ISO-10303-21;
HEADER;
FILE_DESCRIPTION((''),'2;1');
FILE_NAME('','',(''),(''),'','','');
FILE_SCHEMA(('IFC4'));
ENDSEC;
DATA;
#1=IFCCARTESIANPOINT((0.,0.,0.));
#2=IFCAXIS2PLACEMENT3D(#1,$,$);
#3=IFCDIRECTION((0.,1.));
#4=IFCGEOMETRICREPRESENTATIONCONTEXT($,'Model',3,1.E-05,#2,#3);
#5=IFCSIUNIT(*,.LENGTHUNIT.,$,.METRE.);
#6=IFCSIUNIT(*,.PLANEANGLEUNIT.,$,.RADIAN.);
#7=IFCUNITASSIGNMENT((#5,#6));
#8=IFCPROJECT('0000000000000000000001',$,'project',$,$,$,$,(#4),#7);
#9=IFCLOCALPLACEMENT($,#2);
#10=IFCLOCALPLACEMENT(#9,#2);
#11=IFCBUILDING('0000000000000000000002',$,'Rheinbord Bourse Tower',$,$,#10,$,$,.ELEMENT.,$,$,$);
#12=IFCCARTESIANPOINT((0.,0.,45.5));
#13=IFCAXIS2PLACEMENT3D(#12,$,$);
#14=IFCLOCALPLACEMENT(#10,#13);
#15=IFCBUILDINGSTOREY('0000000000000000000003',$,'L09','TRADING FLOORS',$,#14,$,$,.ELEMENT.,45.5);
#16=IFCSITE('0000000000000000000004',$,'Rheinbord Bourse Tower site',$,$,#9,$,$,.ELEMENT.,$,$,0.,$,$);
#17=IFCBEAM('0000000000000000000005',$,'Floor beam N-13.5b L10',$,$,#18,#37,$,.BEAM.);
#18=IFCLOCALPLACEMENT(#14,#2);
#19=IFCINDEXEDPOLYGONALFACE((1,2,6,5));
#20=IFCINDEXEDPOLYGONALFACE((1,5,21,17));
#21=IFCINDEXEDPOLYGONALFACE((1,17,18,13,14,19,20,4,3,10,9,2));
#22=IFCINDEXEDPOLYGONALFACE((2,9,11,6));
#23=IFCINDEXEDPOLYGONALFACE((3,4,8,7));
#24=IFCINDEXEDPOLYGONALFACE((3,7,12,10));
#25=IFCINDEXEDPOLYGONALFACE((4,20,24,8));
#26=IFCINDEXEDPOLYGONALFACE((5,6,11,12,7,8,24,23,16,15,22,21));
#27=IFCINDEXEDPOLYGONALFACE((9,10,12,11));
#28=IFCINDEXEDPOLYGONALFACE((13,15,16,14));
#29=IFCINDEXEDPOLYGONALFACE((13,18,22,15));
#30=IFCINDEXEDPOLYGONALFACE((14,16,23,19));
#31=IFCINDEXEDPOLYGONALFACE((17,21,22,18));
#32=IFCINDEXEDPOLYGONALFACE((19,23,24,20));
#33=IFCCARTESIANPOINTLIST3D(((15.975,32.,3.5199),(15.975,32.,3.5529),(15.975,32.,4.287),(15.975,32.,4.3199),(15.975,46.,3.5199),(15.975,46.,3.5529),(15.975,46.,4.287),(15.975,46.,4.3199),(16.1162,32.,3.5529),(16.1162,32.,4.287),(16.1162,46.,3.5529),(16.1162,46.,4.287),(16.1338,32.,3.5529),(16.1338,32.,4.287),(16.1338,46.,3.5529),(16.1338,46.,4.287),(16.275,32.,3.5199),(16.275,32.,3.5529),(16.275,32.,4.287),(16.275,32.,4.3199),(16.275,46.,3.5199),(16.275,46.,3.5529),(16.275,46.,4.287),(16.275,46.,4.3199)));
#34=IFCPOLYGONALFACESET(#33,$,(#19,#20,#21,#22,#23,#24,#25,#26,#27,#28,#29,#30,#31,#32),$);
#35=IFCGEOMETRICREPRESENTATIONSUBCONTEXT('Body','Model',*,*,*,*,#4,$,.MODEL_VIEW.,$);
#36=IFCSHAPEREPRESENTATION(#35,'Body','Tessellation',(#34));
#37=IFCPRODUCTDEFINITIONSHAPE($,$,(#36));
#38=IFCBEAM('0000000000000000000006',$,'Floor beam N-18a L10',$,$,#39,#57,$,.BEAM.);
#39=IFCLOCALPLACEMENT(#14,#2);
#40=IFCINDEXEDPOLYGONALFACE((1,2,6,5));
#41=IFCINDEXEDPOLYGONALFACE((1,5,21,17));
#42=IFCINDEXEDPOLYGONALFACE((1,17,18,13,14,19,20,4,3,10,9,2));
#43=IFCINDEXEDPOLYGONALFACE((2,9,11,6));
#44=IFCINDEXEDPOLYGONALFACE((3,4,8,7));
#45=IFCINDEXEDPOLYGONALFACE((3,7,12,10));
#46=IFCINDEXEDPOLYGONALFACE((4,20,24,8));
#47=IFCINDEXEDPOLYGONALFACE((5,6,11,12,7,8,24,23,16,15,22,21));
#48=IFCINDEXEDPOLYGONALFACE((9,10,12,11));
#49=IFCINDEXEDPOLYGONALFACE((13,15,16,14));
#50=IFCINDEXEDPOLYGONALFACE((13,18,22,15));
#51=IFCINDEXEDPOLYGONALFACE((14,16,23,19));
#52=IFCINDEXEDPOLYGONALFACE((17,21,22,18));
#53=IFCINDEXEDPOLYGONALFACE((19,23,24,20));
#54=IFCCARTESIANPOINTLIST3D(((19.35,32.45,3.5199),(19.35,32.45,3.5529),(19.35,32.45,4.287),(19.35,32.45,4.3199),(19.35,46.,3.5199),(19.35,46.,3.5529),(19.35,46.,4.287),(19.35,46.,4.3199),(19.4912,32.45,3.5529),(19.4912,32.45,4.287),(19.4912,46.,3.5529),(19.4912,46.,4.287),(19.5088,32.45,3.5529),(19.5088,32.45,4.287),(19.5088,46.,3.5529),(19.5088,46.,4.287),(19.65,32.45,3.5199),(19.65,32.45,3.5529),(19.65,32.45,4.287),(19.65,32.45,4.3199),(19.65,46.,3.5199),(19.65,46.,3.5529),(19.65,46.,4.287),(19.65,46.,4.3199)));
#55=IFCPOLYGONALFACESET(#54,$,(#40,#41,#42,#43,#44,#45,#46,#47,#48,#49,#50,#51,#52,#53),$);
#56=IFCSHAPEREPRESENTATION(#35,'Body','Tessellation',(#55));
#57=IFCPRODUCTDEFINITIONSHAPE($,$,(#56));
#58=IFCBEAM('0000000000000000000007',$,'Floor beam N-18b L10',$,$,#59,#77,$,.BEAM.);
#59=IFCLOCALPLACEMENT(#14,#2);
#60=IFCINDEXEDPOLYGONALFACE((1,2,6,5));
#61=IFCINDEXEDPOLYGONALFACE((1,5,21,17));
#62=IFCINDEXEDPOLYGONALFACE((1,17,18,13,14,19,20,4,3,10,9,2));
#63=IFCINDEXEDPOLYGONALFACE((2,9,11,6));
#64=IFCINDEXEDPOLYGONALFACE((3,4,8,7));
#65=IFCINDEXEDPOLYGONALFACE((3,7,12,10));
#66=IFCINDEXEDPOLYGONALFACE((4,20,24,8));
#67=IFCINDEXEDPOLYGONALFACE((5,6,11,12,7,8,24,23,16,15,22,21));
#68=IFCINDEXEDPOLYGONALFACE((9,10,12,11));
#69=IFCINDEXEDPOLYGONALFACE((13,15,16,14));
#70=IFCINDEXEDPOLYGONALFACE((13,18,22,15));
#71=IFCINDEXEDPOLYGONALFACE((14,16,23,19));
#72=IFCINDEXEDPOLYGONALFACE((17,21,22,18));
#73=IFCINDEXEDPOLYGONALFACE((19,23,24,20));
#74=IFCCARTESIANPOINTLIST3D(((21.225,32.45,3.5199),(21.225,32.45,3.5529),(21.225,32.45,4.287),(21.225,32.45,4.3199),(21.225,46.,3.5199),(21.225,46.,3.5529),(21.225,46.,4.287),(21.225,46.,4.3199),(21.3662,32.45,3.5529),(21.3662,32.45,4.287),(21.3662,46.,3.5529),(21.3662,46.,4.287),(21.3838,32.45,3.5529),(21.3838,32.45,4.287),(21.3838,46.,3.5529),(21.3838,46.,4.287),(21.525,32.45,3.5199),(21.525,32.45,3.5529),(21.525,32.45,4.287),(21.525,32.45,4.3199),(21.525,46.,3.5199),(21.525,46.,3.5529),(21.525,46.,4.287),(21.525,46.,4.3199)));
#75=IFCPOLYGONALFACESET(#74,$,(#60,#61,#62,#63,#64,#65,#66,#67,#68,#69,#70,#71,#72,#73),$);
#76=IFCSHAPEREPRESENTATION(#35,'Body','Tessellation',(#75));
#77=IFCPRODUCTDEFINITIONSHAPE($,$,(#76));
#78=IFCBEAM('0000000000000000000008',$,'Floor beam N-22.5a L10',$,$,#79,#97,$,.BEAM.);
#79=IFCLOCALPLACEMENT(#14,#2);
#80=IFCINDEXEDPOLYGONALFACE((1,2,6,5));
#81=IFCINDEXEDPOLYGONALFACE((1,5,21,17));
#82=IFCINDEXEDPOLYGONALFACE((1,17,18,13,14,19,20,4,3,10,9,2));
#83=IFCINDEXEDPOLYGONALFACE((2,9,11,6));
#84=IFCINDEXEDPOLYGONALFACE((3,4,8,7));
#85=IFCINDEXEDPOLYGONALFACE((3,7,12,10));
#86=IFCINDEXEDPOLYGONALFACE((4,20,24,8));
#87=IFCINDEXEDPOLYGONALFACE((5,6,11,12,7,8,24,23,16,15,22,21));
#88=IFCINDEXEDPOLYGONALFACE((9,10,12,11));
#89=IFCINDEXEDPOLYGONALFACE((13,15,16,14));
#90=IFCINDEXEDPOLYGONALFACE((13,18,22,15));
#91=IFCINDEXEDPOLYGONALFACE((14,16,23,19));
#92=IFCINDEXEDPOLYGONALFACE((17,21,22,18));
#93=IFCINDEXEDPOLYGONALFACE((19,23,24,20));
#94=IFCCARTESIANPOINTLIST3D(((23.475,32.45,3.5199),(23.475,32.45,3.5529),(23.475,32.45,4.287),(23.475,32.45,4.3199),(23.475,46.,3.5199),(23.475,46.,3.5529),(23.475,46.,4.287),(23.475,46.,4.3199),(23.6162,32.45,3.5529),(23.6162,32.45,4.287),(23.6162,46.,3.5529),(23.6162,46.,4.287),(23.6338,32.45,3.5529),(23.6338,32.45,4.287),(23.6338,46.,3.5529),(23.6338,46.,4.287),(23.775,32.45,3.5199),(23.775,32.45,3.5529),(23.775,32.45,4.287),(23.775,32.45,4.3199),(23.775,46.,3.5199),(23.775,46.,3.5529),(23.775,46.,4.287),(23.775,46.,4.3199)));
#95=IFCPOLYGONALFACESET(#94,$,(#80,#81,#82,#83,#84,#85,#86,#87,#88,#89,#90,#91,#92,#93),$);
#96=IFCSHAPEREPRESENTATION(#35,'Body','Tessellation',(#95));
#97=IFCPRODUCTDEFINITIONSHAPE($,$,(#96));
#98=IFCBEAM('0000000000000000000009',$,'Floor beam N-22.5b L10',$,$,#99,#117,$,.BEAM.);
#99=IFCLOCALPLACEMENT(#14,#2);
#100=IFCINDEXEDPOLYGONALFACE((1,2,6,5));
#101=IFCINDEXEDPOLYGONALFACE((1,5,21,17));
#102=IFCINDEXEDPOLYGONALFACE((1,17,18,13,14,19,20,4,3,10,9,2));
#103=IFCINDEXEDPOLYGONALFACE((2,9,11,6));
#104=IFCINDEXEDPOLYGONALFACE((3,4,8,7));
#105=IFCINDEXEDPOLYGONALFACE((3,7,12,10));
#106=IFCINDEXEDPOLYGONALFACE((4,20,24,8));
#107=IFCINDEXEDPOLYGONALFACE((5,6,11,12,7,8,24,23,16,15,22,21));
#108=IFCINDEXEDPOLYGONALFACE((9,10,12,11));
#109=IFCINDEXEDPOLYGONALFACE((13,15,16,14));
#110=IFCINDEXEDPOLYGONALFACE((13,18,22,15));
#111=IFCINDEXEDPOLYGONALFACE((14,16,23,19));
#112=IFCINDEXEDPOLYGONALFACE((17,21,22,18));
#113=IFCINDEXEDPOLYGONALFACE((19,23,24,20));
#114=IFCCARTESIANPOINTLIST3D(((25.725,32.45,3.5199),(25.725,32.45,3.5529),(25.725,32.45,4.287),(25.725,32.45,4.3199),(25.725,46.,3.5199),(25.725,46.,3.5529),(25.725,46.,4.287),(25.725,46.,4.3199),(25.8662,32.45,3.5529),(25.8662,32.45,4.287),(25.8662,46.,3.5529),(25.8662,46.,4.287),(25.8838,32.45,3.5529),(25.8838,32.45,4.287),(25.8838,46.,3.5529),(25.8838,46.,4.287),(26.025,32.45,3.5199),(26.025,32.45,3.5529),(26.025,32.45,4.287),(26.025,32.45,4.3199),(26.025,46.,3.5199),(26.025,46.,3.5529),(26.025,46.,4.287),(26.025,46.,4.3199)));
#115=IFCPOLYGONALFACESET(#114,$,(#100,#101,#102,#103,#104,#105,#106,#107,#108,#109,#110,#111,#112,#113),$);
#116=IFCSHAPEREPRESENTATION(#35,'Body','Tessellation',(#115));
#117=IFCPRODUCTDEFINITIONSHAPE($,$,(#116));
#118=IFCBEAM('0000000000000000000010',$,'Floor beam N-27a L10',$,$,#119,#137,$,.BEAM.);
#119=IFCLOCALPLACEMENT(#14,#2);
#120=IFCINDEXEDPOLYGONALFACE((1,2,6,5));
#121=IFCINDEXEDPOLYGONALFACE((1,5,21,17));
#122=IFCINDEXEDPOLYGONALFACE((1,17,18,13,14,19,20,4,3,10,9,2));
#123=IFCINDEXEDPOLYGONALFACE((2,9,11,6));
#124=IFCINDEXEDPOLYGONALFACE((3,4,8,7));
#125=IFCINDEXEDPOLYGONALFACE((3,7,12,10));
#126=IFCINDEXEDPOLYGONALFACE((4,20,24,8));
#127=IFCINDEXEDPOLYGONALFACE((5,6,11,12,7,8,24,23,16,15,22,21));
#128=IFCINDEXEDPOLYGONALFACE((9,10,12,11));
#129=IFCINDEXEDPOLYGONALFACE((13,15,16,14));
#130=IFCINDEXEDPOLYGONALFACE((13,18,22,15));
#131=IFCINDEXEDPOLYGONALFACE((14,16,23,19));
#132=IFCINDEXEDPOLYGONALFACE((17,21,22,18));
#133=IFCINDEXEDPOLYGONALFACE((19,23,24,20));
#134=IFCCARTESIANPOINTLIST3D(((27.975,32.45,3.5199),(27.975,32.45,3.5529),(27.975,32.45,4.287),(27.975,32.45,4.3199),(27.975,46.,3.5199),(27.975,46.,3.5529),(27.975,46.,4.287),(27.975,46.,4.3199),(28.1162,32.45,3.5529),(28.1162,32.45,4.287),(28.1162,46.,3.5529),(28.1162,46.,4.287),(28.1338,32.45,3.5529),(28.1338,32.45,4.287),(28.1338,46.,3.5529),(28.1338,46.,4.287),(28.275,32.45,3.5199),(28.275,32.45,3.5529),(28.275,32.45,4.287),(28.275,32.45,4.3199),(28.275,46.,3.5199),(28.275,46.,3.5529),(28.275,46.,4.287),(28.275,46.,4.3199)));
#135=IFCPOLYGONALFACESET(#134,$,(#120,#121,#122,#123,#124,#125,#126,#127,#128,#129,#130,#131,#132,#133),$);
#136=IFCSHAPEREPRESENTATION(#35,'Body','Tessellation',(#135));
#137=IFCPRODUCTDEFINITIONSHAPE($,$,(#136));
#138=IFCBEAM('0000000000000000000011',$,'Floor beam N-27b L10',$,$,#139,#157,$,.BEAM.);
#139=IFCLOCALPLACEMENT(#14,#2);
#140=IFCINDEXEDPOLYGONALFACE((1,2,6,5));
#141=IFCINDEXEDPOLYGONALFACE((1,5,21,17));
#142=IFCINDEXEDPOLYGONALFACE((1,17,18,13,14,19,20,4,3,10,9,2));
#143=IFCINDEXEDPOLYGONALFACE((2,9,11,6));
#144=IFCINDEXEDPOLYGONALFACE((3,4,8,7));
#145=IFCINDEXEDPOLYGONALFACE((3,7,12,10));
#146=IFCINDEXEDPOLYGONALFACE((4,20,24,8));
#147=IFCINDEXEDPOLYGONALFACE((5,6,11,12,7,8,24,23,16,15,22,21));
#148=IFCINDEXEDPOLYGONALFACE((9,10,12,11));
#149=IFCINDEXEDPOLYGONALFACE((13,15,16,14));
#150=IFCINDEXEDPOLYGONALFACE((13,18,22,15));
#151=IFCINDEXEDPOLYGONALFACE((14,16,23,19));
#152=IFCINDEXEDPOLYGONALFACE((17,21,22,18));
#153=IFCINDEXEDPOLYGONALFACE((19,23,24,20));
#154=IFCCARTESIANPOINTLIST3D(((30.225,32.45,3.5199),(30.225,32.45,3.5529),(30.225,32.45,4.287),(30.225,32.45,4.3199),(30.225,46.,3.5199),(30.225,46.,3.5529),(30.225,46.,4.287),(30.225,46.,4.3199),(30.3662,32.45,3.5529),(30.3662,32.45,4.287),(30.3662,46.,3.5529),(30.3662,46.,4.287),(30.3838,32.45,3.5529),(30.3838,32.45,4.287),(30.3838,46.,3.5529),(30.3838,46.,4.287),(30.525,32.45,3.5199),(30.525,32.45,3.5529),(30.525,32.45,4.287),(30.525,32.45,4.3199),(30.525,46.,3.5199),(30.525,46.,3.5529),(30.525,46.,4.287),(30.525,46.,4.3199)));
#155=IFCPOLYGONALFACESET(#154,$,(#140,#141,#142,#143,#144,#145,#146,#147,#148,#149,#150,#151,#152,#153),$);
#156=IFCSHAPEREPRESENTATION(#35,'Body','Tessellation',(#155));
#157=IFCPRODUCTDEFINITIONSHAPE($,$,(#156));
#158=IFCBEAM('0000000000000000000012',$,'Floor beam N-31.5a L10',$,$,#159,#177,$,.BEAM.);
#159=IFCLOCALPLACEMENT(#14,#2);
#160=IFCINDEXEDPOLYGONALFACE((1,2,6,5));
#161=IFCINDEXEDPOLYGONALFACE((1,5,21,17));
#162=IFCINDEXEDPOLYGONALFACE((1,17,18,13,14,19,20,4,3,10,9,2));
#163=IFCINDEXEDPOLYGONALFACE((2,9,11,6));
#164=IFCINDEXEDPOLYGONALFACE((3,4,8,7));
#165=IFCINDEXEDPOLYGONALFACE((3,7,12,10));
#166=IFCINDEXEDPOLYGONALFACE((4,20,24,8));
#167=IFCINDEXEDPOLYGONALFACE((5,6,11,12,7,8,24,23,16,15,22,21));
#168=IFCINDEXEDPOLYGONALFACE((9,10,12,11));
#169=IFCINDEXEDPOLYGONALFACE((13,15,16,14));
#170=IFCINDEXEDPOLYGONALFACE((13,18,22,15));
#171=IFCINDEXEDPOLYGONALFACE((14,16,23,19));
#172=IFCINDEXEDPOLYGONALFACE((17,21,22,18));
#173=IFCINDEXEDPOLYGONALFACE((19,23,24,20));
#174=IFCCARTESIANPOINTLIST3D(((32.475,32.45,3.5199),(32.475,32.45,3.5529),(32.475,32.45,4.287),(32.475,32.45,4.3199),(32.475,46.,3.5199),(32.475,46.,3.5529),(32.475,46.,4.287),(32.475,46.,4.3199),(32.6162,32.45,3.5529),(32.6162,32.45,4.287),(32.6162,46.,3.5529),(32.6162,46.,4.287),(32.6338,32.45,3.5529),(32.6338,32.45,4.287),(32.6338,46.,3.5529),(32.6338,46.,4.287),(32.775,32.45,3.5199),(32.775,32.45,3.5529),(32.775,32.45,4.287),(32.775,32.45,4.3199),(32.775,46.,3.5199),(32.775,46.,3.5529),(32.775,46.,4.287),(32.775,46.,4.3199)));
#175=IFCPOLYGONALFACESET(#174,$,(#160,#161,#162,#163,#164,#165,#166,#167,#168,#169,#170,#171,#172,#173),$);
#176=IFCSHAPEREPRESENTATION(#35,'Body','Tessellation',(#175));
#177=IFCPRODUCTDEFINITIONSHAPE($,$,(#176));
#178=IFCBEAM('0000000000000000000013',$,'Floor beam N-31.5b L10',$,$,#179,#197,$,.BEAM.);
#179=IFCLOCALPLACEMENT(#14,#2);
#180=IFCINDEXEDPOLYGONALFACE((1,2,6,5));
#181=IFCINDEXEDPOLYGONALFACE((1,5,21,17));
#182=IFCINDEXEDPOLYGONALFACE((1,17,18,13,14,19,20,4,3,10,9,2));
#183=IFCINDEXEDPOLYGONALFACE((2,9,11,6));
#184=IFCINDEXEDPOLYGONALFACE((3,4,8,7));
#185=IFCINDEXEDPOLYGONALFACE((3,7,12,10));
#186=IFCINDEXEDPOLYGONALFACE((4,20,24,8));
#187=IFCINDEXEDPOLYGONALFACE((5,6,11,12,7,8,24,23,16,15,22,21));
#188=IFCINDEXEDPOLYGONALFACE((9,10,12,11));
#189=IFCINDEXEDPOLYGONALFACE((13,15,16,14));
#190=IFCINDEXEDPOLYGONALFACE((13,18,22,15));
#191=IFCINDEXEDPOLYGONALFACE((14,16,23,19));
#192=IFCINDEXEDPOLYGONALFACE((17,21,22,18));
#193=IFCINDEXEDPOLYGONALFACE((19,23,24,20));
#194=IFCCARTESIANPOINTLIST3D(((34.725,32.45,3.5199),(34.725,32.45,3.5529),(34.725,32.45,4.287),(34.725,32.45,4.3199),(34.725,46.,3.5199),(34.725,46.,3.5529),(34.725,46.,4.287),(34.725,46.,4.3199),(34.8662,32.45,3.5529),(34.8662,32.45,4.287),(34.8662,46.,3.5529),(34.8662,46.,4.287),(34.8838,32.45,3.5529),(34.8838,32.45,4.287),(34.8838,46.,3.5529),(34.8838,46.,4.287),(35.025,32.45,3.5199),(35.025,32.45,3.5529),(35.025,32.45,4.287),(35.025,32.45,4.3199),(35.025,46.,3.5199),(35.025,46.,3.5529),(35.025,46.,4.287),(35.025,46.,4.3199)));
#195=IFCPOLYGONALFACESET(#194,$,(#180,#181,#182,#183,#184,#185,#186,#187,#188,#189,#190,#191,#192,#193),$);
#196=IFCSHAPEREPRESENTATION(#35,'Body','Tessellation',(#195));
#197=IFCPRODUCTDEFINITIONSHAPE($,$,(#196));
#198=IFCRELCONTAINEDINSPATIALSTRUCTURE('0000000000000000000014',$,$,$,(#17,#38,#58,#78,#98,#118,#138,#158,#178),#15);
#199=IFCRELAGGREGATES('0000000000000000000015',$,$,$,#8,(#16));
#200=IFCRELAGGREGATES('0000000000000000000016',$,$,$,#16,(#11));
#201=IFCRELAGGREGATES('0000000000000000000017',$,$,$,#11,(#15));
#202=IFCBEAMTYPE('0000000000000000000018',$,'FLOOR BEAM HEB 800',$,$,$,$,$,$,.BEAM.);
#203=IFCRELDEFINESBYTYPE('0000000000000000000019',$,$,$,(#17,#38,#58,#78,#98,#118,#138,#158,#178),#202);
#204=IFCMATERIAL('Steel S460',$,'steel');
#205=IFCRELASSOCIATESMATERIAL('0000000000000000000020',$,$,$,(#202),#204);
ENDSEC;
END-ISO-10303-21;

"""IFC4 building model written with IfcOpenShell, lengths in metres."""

from ifc_helpers import new_model, si_unit, direction, frame, origin, origin_2d, place, context, subcontext, project, spatial, i_section, extrude, material, material_profile, profile_set, type_object, element, save


model = new_model("IFC4")

# Units and contexts
model_context = context("Model", 3, precision=1e-05, world=origin(), true_north=direction((0.0, 1.0)))
body_context = subcontext(model_context, "Body", "Model", "MODEL_VIEW")
ifc_project = project(units=[si_unit("LENGTHUNIT", "METRE"), si_unit("PLANEANGLEUNIT", "RADIAN")], contexts=[model_context])

# Site, building, storey
site_placement = place(None, origin())
site = spatial("IfcSite", under=ifc_project, at=site_placement, Name="Rheinbord Bourse Tower site", CompositionType="ELEMENT", RefElevation=0.0)
building_placement = place(site_placement, origin())
building = spatial("IfcBuilding", under=site, at=building_placement, Name="Rheinbord Bourse Tower", CompositionType="ELEMENT")
storey_placement = place(building_placement, frame((0.0, 0.0, 45.5)))
storey = spatial("IfcBuildingStorey", under=building, at=storey_placement, Name="L09", Description="TRADING FLOORS", CompositionType="ELEMENT", Elevation=45.5)

# Beams
ifc_material_1 = material(Name="Steel S460", Category="steel")
ifc_material_profile_1 = material_profile(ifc_material_1, i_section(OverallWidth=0.3, OverallDepth=0.8, WebThickness=0.0176, FlangeThickness=0.033, at=origin_2d()), Name="HEB 800")
ifc_profile_set_1 = profile_set([ifc_material_profile_1], Name="Steel S460")
beam_type_1 = type_object("IfcBeamType", Name="FLOOR BEAM HEB 800", PredefinedType="BEAM", material=ifc_profile_set_1)
beam_placement = place(storey_placement, frame((16.125, 46.0, 3.9199), z_axis=(0.0, -1.0, 0.0), x_axis=(1.0, 0.0, 0.0)))
element("IfcBeam", 1, at=beam_placement, inside=storey, type_object=beam_type_1, Name="Floor beam N-13.5b L10", PredefinedType="BEAM", context=body_context, shape_type="SweptSolid", body=[
    extrude(i_section(OverallWidth=0.3, OverallDepth=0.8, WebThickness=0.0176, FlangeThickness=0.033, at=origin_2d()), origin(), (0.0, 0.0, 1.0), 14.0),
])
for number, where, z_axis, x_axis, name in (
    (2, (19.5, 46.0, 3.9199), (0.0, -1.0, 0.0), (1.0, 0.0, 0.0), "Floor beam N-18a L10"),
    (3, (21.375, 46.0, 3.9199), (0.0, -1.0, 0.0), (1.0, 0.0, 0.0), "Floor beam N-18b L10"),
    (4, (23.625, 46.0, 3.9199), (0.0, -1.0, 0.0), (1.0, 0.0, 0.0), "Floor beam N-22.5a L10"),
    (5, (25.875, 46.0, 3.9199), (0.0, -1.0, 0.0), (1.0, 0.0, 0.0), "Floor beam N-22.5b L10"),
    (6, (28.125, 46.0, 3.9199), (0.0, -1.0, 0.0), (1.0, 0.0, 0.0), "Floor beam N-27a L10"),
    (7, (30.375, 46.0, 3.9199), (0.0, -1.0, 0.0), (1.0, 0.0, 0.0), "Floor beam N-27b L10"),
    (8, (32.625, 46.0, 3.9199), (0.0, -1.0, 0.0), (1.0, 0.0, 0.0), "Floor beam N-31.5a L10"),
    (9, (34.875, 46.0, 3.9199), (0.0, -1.0, 0.0), (1.0, 0.0, 0.0), "Floor beam N-31.5b L10"),
):
    element("IfcBeam", number, at=place(storey_placement, frame(where, z_axis=z_axis, x_axis=x_axis)), inside=storey, type_object=beam_type_1, Name=name, PredefinedType="BEAM", context=body_context, shape_type="SweptSolid", body=[
        extrude(i_section(OverallWidth=0.3, OverallDepth=0.8, WebThickness=0.0176, FlangeThickness=0.033, at=origin_2d()), origin(), (0.0, 0.0, 1.0), 13.55),
    ])

save(model, "model.ifc")
